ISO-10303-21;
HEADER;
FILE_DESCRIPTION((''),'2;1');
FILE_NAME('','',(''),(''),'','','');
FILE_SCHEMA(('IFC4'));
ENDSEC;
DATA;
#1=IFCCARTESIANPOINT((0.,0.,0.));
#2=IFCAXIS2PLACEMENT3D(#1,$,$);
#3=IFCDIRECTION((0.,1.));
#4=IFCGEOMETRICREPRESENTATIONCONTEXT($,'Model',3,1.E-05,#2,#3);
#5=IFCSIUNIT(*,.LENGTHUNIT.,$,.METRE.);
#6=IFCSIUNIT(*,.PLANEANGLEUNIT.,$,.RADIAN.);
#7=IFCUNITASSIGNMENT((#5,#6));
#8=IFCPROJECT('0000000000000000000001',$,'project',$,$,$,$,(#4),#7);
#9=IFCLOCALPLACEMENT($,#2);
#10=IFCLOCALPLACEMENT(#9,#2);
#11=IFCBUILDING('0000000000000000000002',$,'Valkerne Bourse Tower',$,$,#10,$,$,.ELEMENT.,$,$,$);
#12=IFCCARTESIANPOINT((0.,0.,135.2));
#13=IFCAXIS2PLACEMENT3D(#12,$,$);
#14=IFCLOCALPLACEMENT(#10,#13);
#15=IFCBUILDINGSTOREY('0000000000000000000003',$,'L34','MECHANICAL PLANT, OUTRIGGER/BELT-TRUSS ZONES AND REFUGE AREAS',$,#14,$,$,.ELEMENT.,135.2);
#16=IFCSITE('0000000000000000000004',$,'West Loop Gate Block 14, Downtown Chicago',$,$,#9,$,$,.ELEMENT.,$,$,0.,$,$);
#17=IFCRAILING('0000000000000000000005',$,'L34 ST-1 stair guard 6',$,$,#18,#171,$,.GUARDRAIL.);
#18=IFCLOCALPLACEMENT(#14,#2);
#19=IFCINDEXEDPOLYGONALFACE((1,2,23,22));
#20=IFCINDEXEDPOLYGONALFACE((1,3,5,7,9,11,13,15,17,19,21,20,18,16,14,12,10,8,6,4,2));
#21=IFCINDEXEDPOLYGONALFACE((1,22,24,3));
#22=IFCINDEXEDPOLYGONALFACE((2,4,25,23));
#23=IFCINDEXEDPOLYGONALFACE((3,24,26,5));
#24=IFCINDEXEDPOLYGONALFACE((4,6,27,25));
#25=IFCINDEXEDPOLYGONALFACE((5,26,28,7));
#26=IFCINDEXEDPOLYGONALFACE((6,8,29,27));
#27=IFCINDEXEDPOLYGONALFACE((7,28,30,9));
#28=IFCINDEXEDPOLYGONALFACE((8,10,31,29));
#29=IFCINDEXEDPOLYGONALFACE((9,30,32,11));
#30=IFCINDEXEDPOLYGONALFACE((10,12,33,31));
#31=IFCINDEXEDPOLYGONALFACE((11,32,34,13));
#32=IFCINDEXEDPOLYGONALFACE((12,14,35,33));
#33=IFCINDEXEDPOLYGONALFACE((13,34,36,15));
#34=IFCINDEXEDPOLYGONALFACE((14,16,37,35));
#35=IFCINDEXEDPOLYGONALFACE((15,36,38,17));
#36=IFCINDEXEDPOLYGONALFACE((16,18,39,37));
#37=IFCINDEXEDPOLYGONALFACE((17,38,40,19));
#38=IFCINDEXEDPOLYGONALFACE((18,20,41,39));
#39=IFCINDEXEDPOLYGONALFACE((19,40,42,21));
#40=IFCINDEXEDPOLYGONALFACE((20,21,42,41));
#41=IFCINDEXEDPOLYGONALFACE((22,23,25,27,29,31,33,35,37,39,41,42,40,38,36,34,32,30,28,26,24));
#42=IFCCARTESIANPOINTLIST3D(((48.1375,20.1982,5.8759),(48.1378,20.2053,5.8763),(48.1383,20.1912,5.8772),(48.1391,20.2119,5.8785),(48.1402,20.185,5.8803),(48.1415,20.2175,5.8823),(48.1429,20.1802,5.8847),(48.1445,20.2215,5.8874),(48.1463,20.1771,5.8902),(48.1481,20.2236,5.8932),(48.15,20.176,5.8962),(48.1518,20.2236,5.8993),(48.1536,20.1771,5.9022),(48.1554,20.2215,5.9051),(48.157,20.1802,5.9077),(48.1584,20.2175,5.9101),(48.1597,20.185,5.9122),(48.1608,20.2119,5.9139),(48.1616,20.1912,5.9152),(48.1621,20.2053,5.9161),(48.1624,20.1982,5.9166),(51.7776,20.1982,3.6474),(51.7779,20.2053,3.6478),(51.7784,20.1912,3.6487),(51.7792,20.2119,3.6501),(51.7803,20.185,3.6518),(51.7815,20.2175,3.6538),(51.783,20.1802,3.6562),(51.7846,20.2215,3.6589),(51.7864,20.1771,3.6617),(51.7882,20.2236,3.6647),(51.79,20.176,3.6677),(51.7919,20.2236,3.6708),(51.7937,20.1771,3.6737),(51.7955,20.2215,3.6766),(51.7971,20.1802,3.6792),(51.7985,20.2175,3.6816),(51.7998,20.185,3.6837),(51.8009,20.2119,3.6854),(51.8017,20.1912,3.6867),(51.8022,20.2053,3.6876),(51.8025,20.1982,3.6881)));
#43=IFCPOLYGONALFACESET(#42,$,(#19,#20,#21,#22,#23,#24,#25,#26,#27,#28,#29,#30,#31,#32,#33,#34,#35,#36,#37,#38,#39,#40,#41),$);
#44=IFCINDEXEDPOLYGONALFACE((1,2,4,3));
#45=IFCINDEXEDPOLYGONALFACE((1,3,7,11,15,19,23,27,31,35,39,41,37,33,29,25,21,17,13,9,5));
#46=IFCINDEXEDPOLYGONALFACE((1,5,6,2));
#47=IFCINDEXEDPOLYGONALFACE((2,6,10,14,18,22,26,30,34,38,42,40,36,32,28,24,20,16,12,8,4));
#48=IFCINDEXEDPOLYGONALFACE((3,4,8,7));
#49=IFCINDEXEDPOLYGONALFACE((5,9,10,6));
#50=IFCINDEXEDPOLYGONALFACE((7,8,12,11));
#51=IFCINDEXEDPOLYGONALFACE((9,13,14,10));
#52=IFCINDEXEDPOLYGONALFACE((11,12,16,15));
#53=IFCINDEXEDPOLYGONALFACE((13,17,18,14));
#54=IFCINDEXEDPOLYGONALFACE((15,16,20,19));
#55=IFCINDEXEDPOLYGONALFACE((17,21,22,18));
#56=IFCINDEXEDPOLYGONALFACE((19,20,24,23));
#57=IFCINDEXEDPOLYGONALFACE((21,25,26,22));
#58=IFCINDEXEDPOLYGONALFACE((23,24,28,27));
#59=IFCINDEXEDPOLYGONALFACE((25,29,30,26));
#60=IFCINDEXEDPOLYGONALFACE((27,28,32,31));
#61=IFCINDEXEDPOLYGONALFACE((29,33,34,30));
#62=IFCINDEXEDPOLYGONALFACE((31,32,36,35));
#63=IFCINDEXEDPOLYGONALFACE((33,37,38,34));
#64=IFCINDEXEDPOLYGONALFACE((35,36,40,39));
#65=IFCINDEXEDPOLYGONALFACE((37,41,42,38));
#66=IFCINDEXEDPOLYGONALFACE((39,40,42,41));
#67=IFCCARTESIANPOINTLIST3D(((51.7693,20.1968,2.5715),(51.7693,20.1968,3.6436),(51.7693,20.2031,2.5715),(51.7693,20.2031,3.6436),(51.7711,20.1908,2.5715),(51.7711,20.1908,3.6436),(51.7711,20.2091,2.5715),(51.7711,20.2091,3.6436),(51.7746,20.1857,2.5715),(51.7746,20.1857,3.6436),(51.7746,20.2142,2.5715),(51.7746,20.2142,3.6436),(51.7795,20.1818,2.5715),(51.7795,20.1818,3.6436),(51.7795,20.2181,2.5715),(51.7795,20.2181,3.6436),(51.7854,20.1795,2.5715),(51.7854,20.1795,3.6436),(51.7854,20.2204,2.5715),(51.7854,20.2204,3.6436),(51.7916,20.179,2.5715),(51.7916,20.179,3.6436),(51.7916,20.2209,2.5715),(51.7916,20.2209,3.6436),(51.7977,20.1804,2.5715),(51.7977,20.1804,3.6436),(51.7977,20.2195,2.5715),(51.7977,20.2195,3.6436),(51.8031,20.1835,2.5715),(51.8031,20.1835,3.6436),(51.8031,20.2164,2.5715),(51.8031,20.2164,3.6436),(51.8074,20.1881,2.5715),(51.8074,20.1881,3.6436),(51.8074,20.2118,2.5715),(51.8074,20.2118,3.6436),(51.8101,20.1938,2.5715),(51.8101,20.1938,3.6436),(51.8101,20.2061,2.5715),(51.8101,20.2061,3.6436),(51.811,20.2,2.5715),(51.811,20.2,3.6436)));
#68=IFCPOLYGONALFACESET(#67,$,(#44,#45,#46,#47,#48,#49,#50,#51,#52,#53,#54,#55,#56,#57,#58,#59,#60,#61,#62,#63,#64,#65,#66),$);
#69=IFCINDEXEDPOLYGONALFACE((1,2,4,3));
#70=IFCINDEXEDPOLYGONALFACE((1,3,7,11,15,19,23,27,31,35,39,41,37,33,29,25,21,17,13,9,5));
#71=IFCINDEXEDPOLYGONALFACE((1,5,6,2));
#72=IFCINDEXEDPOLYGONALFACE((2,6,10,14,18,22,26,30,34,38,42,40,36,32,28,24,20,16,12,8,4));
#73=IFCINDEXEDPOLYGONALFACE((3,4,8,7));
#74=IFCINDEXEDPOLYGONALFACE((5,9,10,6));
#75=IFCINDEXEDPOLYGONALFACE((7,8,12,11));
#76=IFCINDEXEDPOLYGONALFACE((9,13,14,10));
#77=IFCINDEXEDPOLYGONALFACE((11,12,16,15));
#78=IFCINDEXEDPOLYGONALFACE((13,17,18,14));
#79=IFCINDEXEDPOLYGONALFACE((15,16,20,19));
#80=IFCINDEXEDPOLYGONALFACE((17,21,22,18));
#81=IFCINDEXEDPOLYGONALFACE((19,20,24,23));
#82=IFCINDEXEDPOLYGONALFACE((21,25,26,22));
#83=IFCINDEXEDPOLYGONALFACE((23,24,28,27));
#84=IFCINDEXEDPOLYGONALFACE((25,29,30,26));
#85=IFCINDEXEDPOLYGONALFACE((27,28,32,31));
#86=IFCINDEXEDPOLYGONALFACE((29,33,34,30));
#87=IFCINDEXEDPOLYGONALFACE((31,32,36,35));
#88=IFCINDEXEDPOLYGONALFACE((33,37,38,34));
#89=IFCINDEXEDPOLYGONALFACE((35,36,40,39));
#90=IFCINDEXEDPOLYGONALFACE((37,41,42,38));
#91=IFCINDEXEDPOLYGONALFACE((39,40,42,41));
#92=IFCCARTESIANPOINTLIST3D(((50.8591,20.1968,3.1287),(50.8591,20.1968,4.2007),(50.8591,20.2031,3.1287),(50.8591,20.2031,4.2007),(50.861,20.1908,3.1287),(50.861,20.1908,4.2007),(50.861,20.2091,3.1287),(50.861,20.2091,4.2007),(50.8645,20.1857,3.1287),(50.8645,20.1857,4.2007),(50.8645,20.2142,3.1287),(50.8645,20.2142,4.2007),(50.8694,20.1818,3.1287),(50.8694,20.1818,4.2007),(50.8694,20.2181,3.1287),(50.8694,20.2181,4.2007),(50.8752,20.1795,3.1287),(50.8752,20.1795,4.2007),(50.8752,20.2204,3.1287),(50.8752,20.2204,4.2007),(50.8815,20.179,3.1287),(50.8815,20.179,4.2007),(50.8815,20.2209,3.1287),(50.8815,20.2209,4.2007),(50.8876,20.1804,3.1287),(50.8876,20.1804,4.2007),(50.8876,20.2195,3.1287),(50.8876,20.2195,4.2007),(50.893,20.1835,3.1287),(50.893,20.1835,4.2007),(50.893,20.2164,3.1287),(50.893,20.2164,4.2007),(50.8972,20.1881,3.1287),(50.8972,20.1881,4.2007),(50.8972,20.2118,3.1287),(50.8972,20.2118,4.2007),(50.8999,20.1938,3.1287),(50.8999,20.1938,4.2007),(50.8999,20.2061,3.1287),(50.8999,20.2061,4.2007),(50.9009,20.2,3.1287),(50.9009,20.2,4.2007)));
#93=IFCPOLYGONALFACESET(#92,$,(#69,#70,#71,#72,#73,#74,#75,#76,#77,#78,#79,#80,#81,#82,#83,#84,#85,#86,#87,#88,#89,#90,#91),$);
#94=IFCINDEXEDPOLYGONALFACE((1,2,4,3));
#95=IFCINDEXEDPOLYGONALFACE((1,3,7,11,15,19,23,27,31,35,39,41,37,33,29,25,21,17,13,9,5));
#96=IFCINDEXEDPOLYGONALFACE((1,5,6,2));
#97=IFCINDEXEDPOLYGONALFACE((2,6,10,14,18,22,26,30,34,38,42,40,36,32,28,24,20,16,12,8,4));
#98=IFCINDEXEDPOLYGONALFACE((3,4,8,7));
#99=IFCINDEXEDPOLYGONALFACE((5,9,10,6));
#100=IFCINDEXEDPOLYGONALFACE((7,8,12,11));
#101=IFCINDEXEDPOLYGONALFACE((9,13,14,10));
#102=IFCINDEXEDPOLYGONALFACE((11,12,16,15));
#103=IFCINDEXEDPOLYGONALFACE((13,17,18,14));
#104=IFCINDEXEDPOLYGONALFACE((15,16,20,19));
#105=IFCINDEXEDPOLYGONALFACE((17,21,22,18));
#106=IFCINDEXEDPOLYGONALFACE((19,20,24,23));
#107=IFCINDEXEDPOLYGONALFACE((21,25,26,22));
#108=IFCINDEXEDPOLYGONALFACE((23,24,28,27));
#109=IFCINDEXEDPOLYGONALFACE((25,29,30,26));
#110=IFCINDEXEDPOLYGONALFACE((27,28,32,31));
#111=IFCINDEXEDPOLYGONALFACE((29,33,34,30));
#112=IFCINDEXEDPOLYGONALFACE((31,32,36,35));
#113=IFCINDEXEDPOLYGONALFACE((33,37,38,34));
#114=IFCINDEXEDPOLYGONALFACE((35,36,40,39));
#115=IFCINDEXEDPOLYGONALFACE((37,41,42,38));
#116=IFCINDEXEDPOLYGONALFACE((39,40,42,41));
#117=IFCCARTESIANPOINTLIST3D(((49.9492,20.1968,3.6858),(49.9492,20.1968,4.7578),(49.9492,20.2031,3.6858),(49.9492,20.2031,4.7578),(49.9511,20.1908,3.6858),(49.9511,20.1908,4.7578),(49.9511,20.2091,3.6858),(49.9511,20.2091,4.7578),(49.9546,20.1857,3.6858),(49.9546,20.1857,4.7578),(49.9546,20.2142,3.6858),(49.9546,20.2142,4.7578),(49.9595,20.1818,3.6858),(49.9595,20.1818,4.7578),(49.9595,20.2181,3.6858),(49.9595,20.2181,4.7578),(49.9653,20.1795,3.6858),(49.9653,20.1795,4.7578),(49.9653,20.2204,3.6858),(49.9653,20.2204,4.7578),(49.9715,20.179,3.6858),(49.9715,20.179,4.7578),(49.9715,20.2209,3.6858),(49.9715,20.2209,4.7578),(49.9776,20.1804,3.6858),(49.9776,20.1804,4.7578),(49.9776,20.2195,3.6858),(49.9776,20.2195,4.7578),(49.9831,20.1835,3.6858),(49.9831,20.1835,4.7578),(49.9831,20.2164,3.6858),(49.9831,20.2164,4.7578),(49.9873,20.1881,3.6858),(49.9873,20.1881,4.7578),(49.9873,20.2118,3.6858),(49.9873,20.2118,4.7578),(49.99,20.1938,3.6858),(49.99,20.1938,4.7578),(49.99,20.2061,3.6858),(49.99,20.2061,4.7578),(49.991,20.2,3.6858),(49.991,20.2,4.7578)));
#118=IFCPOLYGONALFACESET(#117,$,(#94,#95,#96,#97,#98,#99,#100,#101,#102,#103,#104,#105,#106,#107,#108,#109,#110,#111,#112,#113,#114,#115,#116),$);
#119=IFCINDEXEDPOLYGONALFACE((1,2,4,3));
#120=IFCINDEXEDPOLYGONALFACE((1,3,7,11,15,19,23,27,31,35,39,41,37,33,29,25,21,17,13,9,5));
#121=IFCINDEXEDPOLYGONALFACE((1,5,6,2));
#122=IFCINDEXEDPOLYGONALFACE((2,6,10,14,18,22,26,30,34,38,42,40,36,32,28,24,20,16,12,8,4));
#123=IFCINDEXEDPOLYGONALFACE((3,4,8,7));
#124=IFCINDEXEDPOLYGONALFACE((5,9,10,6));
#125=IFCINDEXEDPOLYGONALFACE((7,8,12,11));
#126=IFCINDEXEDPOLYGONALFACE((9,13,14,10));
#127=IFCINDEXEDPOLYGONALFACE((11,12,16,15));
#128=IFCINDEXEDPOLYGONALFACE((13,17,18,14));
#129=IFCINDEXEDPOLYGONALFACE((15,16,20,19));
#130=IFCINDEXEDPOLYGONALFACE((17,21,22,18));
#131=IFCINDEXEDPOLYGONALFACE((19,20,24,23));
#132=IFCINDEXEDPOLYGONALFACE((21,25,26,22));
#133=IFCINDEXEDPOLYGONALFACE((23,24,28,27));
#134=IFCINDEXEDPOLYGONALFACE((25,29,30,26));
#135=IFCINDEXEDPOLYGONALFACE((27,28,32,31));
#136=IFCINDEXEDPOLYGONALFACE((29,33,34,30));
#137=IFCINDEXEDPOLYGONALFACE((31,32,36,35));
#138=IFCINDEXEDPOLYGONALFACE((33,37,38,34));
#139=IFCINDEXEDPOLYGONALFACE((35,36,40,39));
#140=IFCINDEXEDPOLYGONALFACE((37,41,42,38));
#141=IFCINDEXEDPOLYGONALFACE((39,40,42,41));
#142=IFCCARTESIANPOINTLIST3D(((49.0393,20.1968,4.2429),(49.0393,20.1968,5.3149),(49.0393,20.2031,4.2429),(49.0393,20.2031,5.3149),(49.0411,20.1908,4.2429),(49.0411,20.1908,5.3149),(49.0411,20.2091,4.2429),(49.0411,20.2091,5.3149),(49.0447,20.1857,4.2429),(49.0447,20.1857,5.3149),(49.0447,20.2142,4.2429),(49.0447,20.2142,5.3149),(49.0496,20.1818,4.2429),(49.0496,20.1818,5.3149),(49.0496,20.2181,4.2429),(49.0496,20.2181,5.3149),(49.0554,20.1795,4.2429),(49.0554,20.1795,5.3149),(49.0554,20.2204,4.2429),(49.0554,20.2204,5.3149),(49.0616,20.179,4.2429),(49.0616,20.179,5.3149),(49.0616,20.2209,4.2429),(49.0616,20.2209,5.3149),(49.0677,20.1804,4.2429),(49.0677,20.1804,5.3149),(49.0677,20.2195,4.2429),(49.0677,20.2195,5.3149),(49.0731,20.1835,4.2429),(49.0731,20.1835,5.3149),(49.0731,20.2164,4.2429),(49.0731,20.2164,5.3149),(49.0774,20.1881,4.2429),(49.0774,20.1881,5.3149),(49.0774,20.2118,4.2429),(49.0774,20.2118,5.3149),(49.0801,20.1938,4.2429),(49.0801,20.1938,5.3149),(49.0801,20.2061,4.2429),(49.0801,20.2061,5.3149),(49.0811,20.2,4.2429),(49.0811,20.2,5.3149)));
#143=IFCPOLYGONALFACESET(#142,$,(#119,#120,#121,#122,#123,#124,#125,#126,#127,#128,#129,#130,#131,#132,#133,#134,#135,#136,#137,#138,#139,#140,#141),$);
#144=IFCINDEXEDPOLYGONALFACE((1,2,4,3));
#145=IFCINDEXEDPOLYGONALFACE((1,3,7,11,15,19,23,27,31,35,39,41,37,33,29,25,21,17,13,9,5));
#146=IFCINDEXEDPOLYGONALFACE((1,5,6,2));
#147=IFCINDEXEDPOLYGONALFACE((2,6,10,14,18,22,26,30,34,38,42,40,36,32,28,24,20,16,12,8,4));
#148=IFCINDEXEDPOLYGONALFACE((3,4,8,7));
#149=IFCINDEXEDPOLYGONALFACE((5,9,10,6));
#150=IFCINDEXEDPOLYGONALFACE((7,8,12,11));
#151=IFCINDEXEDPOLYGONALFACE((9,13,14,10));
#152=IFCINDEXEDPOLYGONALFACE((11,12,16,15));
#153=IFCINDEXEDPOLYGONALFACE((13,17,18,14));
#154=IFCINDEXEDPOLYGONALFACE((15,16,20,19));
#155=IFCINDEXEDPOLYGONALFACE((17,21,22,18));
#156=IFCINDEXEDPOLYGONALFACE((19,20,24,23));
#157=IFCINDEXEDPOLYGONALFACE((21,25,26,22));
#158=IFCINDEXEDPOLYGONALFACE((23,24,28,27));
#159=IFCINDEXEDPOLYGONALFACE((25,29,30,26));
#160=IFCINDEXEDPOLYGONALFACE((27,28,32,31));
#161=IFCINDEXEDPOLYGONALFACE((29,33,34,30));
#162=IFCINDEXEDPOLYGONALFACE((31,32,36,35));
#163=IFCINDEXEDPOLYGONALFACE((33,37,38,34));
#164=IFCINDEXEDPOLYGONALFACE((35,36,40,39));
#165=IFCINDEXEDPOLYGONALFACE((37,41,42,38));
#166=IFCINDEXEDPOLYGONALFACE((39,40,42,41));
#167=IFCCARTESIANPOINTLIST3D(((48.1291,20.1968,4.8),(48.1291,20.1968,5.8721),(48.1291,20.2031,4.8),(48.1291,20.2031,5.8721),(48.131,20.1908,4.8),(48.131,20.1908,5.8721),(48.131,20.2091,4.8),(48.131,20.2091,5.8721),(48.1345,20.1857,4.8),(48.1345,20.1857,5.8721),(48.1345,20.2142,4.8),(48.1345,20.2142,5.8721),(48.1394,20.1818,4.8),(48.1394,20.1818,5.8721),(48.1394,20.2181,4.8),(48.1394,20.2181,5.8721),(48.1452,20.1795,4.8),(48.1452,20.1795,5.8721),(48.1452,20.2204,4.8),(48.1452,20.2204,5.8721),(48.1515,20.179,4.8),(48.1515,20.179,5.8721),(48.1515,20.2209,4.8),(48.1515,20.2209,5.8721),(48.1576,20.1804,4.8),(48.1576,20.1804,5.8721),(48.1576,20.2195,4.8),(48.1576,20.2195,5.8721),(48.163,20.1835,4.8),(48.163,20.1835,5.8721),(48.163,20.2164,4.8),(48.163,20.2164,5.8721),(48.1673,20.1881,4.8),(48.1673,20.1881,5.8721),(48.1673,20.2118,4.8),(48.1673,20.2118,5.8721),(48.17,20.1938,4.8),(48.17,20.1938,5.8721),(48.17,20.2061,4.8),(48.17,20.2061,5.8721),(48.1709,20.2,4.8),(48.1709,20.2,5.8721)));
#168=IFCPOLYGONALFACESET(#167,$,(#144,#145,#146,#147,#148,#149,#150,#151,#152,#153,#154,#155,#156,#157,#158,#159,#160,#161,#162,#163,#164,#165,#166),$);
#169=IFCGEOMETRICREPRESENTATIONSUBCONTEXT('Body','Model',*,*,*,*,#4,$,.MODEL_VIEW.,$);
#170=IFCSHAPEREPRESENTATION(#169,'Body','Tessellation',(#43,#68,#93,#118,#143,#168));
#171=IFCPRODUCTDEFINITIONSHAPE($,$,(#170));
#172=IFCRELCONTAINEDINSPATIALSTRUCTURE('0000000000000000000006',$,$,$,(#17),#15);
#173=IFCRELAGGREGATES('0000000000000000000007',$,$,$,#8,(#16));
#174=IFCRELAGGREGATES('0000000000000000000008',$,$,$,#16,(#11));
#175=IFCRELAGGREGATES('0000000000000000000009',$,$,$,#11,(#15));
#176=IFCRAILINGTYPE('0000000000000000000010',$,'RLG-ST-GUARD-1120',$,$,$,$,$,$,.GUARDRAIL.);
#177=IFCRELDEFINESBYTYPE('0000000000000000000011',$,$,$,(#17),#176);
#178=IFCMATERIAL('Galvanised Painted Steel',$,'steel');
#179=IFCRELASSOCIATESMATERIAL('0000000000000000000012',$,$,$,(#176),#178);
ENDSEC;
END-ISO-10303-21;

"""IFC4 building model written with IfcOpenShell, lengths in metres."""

from ifc_helpers import new_model, si_unit, direction, frame, origin, origin_2d, place, context, subcontext, project, spatial, circle, extrude, material, type_object, element, save


model = new_model("IFC4")

# Units and contexts
model_context = context("Model", 3, precision=1e-05, world=origin(), true_north=direction((0.0, 1.0)))
body_context = subcontext(model_context, "Body", "Model", "MODEL_VIEW")
ifc_project = project(units=[si_unit("LENGTHUNIT", "METRE"), si_unit("PLANEANGLEUNIT", "RADIAN")], contexts=[model_context])

# Site, building, storey
site_placement = place(None, origin())
site = spatial("IfcSite", under=ifc_project, at=site_placement, Name="West Loop Gate Block 14, Downtown Chicago", CompositionType="ELEMENT", RefElevation=0.0)
building_placement = place(site_placement, origin())
building = spatial("IfcBuilding", under=site, at=building_placement, Name="Valkerne Bourse Tower", CompositionType="ELEMENT")
storey_placement = place(building_placement, frame((0.0, 0.0, 135.2)))
storey = spatial("IfcBuildingStorey", under=building, at=storey_placement, Name="L34", Description="MECHANICAL PLANT, OUTRIGGER/BELT-TRUSS ZONES AND REFUGE AREAS", CompositionType="ELEMENT", Elevation=135.2)

# Shared definitions
ifc_material_1 = material(Name="Galvanised Painted Steel", Category="steel")

# Railing
railing_type_1 = type_object("IfcRailingType", Name="RLG-ST-GUARD-1120", PredefinedType="GUARDRAIL", material=ifc_material_1)
railing_1_placement = place(storey_placement, frame((51.79, 20.2, 2.5715)))
element("IfcRailing", 1, at=railing_1_placement, inside=storey, type_object=railing_type_1, Name="L34 ST-1 stair guard 6", PredefinedType="GUARDRAIL", context=body_context, shape_type="SweptSolid", body=[
    extrude(circle(Radius=0.0239, at=origin_2d()), frame((0.0, 0.0, 1.0962), z_axis=(-0.852866, 0.0, 0.52213), x_axis=(0.0, -1.0, 0.0)), (0.0, 0.0, 1.0), 4.2681),
    extrude(circle(Radius=0.021, at=origin_2d()), origin(), (0.0, 0.0, 1.0), 1.072),
    extrude(circle(Radius=0.021, at=origin_2d()), frame((-0.9102, 0.0, 0.5571)), (0.0, 0.0, 1.0), 1.072),
    extrude(circle(Radius=0.021, at=origin_2d()), frame((-1.8201, 0.0, 1.1143)), (0.0, 0.0, 1.0), 1.072),
    extrude(circle(Radius=0.021, at=origin_2d()), frame((-2.73, 0.0, 1.6714)), (0.0, 0.0, 1.0), 1.072),
    extrude(circle(Radius=0.021, at=origin_2d()), frame((-3.6401, 0.0, 2.2285)), (0.0, 0.0, 1.0), 1.072),
])

save(model, "model.ifc")
